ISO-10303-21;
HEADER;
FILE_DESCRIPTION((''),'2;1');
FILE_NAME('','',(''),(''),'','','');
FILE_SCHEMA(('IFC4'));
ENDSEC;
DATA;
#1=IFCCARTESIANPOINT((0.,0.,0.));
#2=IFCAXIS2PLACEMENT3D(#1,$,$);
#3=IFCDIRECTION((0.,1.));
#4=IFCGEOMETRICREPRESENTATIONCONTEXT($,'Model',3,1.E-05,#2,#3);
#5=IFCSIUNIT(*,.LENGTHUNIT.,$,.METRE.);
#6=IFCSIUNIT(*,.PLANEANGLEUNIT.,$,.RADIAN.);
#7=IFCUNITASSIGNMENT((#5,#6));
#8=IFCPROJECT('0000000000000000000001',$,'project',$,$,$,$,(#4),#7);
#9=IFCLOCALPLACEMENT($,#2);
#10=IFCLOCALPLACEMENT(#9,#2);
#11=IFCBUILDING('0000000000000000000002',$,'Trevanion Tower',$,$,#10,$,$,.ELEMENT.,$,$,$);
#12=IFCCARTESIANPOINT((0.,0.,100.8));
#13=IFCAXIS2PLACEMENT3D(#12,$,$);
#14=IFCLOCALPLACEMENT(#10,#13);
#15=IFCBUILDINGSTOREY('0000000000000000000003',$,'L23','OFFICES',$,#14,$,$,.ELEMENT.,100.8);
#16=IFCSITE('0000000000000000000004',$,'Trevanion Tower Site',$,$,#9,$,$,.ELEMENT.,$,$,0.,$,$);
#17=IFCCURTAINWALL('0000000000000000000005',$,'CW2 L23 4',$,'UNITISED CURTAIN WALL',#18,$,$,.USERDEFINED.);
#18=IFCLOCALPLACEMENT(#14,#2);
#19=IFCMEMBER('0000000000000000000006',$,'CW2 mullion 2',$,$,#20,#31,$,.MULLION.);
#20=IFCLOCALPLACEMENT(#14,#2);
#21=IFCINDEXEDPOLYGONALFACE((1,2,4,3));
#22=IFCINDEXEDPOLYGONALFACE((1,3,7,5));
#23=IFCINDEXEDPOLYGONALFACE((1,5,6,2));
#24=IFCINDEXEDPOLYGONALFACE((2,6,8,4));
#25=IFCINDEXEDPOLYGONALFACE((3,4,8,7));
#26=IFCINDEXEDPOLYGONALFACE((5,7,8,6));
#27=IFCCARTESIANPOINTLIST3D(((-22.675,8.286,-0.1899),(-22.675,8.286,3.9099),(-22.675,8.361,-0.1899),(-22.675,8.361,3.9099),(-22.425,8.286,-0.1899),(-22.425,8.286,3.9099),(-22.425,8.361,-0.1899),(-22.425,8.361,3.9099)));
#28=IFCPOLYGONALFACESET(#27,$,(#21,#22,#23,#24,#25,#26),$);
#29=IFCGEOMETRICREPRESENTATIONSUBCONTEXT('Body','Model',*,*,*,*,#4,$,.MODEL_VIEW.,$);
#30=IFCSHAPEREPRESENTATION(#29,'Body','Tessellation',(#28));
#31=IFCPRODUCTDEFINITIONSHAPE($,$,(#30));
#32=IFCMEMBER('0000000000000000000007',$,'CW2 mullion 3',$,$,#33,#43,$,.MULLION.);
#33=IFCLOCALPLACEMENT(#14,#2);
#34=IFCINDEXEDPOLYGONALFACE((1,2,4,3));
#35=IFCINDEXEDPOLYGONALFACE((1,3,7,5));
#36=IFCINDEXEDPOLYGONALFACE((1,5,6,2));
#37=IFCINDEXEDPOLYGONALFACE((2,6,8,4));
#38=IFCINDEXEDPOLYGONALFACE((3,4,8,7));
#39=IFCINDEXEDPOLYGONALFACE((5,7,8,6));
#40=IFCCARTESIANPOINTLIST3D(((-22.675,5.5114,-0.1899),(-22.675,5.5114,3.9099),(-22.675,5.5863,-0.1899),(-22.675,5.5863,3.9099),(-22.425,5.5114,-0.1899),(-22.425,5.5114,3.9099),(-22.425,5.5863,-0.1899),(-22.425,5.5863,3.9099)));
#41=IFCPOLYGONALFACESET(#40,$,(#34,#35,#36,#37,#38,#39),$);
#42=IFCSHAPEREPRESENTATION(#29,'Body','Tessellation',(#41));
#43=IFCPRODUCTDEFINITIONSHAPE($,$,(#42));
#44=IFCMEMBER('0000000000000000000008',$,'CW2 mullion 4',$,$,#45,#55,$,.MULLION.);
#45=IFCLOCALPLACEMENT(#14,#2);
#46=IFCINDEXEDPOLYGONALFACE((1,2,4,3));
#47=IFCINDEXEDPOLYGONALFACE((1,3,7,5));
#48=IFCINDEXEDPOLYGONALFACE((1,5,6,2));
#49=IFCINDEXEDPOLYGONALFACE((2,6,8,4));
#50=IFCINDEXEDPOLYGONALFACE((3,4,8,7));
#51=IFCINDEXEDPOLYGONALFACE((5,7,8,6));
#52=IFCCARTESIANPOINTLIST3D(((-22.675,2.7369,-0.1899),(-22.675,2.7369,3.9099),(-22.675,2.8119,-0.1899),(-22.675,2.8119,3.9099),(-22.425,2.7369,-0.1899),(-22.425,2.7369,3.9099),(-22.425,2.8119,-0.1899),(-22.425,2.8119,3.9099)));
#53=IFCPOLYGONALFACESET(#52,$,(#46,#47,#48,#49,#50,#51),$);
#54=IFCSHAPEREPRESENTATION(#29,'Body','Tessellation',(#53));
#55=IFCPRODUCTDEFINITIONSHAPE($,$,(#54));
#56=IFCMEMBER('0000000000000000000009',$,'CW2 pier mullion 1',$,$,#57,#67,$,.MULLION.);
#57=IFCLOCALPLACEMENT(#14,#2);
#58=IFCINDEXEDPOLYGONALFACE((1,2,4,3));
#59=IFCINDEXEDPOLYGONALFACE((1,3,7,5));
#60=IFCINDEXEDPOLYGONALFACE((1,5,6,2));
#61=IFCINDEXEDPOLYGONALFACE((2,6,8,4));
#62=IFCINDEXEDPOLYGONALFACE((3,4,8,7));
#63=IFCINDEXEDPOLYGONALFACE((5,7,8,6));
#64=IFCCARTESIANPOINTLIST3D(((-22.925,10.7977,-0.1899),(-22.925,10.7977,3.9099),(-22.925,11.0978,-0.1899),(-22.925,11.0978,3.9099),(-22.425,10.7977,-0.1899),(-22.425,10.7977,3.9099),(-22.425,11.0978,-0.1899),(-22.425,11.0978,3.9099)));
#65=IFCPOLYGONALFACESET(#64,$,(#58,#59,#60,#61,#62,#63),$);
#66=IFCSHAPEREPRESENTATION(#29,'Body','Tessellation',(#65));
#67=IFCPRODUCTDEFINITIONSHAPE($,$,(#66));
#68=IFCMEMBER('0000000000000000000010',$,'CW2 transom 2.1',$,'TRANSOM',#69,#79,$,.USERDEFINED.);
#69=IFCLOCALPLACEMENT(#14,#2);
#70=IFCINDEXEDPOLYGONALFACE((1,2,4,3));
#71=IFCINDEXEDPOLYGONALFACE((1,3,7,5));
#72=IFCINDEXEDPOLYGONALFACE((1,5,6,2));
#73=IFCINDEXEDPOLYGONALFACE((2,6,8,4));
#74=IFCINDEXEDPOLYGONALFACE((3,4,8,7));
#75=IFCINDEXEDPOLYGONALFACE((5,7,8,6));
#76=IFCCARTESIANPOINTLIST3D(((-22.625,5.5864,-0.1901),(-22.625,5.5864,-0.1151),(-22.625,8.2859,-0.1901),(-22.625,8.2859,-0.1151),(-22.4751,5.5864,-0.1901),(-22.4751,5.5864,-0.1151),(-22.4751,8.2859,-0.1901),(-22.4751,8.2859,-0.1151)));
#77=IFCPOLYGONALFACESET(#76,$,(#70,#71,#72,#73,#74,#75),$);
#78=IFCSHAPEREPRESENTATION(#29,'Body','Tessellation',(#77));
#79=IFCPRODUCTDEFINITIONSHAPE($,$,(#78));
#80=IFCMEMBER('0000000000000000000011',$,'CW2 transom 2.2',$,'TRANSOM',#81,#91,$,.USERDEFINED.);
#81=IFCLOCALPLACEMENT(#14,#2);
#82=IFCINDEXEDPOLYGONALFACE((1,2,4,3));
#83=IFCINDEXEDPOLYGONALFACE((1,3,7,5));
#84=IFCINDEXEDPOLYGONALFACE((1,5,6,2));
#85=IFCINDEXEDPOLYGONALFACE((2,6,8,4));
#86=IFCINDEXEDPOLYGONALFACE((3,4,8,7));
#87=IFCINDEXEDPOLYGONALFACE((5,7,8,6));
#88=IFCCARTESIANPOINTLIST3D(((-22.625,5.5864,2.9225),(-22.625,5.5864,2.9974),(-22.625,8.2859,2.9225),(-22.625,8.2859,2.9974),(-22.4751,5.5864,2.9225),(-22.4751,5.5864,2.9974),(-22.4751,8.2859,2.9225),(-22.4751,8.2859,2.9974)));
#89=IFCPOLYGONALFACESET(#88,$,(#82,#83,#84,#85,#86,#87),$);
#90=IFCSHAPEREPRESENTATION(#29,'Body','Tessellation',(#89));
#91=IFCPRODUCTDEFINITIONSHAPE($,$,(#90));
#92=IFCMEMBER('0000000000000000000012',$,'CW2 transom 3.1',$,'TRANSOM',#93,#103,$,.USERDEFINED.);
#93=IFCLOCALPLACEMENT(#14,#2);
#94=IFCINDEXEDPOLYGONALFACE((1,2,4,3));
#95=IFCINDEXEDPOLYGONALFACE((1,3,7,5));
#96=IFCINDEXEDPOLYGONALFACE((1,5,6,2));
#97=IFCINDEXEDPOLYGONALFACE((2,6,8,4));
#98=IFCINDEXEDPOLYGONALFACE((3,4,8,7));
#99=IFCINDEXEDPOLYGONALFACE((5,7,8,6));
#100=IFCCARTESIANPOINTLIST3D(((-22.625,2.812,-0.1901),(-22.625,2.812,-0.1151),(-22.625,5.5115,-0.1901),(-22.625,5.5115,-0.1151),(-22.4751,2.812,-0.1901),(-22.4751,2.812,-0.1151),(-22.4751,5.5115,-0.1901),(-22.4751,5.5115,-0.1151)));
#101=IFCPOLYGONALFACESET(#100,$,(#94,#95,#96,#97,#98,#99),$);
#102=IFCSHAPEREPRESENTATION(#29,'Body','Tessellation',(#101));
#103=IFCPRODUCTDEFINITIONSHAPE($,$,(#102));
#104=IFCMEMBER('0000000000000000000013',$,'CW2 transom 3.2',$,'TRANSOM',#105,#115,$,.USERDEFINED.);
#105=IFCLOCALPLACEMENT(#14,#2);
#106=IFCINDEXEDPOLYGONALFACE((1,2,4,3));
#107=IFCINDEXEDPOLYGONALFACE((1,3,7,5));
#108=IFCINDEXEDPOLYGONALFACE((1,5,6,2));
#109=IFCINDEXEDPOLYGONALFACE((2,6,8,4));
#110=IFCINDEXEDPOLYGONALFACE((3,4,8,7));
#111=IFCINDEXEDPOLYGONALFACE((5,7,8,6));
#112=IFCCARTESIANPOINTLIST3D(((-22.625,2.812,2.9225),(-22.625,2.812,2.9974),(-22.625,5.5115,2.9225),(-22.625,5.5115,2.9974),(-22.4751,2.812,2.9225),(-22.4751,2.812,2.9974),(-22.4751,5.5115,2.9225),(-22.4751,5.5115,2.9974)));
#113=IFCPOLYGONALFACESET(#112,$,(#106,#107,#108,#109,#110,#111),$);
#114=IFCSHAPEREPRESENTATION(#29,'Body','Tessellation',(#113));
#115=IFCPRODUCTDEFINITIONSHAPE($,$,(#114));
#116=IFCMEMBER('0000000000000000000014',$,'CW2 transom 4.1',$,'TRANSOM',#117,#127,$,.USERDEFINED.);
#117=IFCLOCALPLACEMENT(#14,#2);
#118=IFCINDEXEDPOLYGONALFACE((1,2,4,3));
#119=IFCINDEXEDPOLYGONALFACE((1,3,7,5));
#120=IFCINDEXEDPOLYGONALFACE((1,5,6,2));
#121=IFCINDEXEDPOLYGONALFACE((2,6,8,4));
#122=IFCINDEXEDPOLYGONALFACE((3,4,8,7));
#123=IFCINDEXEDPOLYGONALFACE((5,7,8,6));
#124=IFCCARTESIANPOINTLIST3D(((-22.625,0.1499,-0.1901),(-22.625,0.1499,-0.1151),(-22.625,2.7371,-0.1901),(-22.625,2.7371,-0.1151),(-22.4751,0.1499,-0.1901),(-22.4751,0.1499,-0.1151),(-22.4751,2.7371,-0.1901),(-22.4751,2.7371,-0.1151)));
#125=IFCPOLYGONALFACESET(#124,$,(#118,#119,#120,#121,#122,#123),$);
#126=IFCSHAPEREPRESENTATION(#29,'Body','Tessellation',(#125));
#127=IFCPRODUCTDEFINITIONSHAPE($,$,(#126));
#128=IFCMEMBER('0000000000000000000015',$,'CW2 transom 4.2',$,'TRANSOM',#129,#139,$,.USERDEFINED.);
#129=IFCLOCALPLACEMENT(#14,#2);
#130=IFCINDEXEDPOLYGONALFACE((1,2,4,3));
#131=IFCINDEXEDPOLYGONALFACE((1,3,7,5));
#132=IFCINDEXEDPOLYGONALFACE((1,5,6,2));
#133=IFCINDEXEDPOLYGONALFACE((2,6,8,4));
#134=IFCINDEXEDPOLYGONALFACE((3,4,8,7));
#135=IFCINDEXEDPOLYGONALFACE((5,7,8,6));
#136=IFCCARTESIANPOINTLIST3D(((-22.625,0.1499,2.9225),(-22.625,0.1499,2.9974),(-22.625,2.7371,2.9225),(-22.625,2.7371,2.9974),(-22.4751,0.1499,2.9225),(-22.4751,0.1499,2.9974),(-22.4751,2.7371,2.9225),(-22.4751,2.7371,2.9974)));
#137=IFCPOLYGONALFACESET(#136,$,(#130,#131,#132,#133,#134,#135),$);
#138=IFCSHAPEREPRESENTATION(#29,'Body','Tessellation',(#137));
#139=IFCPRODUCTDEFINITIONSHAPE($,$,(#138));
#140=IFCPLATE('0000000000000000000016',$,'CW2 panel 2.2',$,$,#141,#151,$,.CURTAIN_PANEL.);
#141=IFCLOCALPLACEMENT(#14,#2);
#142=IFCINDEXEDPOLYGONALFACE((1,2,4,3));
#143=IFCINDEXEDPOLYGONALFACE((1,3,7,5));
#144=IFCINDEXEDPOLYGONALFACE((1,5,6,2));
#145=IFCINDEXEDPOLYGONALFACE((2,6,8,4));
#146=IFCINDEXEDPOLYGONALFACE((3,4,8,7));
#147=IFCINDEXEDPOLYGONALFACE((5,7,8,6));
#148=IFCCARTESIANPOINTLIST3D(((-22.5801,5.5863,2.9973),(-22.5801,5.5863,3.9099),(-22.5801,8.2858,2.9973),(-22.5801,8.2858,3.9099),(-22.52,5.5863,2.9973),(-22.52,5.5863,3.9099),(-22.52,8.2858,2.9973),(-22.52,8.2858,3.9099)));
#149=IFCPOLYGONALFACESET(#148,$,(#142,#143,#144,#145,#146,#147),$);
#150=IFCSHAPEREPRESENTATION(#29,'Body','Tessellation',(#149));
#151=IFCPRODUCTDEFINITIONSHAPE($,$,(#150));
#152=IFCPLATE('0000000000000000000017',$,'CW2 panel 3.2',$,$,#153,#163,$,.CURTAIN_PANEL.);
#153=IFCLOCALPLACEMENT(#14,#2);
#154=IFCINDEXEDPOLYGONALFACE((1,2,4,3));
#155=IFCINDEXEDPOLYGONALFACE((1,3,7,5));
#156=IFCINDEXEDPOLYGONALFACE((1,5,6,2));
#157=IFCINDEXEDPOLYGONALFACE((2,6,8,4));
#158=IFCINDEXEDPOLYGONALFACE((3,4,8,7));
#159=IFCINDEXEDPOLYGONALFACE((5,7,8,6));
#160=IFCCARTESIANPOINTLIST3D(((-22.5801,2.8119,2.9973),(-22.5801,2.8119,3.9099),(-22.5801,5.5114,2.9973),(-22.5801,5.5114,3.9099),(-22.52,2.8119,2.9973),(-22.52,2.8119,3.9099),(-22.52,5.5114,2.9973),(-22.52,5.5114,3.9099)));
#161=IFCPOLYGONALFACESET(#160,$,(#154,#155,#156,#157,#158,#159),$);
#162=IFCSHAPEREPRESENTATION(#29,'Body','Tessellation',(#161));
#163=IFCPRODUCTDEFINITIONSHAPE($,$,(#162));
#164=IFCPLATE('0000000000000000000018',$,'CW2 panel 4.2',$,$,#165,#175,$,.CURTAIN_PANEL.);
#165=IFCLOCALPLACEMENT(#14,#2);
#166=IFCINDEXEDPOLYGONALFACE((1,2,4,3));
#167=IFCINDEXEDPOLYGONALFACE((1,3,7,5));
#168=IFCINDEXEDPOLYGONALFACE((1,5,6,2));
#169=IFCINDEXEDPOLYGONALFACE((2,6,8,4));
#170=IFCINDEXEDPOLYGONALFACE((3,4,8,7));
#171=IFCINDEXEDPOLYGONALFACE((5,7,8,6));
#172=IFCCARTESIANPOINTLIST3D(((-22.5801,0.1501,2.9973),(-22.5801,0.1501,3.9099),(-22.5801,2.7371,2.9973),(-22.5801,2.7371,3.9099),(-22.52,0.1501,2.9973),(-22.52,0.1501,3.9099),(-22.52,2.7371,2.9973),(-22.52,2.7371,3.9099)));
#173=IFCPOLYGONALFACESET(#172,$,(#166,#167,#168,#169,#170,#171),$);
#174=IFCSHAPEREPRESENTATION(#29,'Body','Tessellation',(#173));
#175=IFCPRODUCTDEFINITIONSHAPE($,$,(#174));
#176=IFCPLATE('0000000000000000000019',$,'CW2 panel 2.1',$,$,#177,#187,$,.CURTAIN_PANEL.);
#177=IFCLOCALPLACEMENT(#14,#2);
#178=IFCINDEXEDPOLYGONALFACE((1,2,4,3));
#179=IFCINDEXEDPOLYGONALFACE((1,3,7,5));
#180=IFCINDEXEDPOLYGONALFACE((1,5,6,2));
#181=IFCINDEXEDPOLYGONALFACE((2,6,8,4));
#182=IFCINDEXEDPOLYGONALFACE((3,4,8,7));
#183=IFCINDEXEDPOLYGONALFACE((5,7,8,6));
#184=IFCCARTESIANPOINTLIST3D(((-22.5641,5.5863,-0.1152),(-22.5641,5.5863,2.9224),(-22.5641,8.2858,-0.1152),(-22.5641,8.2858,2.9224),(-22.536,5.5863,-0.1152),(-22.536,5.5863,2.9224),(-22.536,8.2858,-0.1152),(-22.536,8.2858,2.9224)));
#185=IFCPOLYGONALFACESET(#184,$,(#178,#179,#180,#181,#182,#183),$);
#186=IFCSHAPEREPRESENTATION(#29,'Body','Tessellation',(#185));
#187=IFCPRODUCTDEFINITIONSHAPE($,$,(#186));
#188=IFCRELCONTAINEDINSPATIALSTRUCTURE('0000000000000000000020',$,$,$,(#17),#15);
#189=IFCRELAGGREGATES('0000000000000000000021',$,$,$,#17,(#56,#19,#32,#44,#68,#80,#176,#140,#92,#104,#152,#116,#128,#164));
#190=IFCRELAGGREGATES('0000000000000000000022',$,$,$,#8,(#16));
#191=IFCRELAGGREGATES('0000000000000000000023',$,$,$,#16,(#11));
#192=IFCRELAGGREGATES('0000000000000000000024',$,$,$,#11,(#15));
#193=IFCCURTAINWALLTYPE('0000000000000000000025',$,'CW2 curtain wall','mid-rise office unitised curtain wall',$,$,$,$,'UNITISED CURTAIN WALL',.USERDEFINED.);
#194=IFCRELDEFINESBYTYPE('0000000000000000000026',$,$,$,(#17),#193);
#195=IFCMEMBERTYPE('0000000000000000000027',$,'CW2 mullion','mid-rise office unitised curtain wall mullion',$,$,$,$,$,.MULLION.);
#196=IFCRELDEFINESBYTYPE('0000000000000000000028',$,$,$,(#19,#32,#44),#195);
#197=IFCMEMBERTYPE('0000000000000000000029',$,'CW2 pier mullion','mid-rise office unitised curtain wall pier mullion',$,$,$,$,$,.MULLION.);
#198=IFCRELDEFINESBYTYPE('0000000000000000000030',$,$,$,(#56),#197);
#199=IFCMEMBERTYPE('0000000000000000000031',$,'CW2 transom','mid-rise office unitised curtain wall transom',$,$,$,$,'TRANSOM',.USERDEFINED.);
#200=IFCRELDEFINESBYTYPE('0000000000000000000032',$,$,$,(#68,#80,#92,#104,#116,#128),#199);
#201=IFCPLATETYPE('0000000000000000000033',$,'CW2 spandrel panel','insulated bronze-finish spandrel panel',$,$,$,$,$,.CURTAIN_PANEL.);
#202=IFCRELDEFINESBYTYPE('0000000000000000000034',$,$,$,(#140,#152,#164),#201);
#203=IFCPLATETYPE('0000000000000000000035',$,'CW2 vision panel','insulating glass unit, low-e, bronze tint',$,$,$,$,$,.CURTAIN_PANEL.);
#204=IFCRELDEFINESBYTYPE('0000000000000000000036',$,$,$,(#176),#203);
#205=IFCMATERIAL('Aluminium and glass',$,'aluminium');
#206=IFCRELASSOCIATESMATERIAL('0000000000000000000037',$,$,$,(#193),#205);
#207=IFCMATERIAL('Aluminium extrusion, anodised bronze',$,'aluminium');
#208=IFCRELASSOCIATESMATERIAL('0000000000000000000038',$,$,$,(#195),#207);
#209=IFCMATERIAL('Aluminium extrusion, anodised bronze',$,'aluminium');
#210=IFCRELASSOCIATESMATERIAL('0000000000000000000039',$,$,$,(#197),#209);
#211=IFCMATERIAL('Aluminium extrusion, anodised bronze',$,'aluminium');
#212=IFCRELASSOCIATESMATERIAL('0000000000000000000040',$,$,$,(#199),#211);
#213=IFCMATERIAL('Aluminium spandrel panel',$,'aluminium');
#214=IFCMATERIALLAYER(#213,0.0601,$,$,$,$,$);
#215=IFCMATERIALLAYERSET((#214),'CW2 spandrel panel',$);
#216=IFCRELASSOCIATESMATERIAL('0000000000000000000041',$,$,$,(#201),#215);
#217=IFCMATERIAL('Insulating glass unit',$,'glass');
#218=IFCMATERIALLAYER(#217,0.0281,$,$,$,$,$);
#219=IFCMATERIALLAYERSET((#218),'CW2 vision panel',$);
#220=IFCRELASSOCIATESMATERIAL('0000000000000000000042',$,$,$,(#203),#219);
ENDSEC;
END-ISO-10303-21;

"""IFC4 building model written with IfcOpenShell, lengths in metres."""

from ifc_helpers import new_model, si_unit, direction, frame, origin, origin_2d, place, context, subcontext, project, spatial, rectangle, extrude, material, layer, layer_set, material_profile, profile_set, type_object, element, aggregate, save


model = new_model("IFC4")

# Units and contexts
model_context = context("Model", 3, precision=1e-05, world=origin(), true_north=direction((0.0, 1.0)))
body_context = subcontext(model_context, "Body", "Model", "MODEL_VIEW")
ifc_project = project(units=[si_unit("LENGTHUNIT", "METRE"), si_unit("PLANEANGLEUNIT", "RADIAN")], contexts=[model_context])

# Site, building, storey
site_placement = place(None, origin())
site = spatial("IfcSite", under=ifc_project, at=site_placement, Name="Trevanion Tower Site", CompositionType="ELEMENT", RefElevation=0.0)
building_placement = place(site_placement, origin())
building = spatial("IfcBuilding", under=site, at=building_placement, Name="Trevanion Tower", CompositionType="ELEMENT")
storey_placement = place(building_placement, frame((0.0, 0.0, 100.8)))
storey = spatial("IfcBuildingStorey", under=building, at=storey_placement, Name="L23", Description="OFFICES", CompositionType="ELEMENT", Elevation=100.8)

# Curtain wall, members, plates
ifc_material_1 = material(Name="Aluminium and glass", Category="aluminium")
curtain_wall_type = type_object("IfcCurtainWallType", Name="CW2 curtain wall", Description="mid-rise office unitised curtain wall", ElementType="UNITISED CURTAIN WALL", PredefinedType="USERDEFINED", material=ifc_material_1)
curtain_wall_placement = place(storey_placement, origin())
curtain_wall = element("IfcCurtainWall", 1, at=curtain_wall_placement, inside=storey, type_object=curtain_wall_type, Name="CW2 L23 4", ObjectType="UNITISED CURTAIN WALL", PredefinedType="USERDEFINED")
ifc_material_2 = material(Name="Aluminium extrusion, anodised bronze", Category="aluminium")
ifc_material_profile_1 = material_profile(ifc_material_2, rectangle(XDim=0.075, YDim=0.25, at=origin_2d()), Name="CW2 mullion")
ifc_profile_set_1 = profile_set([ifc_material_profile_1], Name="Aluminium extrusion, anodised bronze")
member_type_1 = type_object("IfcMemberType", Name="CW2 mullion", Description="mid-rise office unitised curtain wall mullion", PredefinedType="MULLION", material=ifc_profile_set_1)
member_1_placement = place(storey_placement, frame((-22.55, 8.3235, -0.1899), z_axis=(0.0, 0.0, 1.0), x_axis=(0.0, -1.0, 0.0)))
member_1 = element("IfcMember", 2, at=member_1_placement, type_object=member_type_1, Name="CW2 mullion 2", PredefinedType="MULLION", context=body_context, shape_type="SweptSolid", body=[
    extrude(rectangle(XDim=0.075, YDim=0.25, at=origin_2d()), origin(), (0.0, 0.0, 1.0), 4.0999),
])
member_2_placement = place(storey_placement, frame((-22.55, 5.5488, -0.1899), z_axis=(0.0, 0.0, 1.0), x_axis=(0.0, -1.0, 0.0)))
member_2 = element("IfcMember", 3, at=member_2_placement, type_object=member_type_1, Name="CW2 mullion 3", PredefinedType="MULLION", context=body_context, shape_type="SweptSolid", body=[
    extrude(rectangle(XDim=0.075, YDim=0.25, at=origin_2d()), origin(), (0.0, 0.0, 1.0), 4.0999),
])
member_3_placement = place(storey_placement, frame((-22.55, 2.7744, -0.1899), z_axis=(0.0, 0.0, 1.0), x_axis=(0.0, -1.0, 0.0)))
member_3 = element("IfcMember", 4, at=member_3_placement, type_object=member_type_1, Name="CW2 mullion 4", PredefinedType="MULLION", context=body_context, shape_type="SweptSolid", body=[
    extrude(rectangle(XDim=0.075, YDim=0.25, at=origin_2d()), origin(), (0.0, 0.0, 1.0), 4.0999),
])
ifc_material_3 = material(Name="Aluminium extrusion, anodised bronze", Category="aluminium")
ifc_material_profile_2 = material_profile(ifc_material_3, rectangle(XDim=0.3, YDim=0.5, at=origin_2d()), Name="CW2 pier mullion")
ifc_profile_set_2 = profile_set([ifc_material_profile_2], Name="Aluminium extrusion, anodised bronze")
member_type_2 = type_object("IfcMemberType", Name="CW2 pier mullion", Description="mid-rise office unitised curtain wall pier mullion", PredefinedType="MULLION", material=ifc_profile_set_2)
member_4_placement = place(storey_placement, frame((-22.675, 10.9478, -0.1899), z_axis=(0.0, 0.0, 1.0), x_axis=(0.0, -1.0, 0.0)))
member_4 = element("IfcMember", 5, at=member_4_placement, type_object=member_type_2, Name="CW2 pier mullion 1", PredefinedType="MULLION", context=body_context, shape_type="SweptSolid", body=[
    extrude(rectangle(XDim=0.3, YDim=0.5, at=origin_2d()), origin(), (0.0, 0.0, 1.0), 4.0999),
])
ifc_material_4 = material(Name="Aluminium extrusion, anodised bronze", Category="aluminium")
ifc_material_profile_3 = material_profile(ifc_material_4, rectangle(XDim=0.1499, YDim=0.075, at=origin_2d()), Name="CW2 transom")
ifc_profile_set_3 = profile_set([ifc_material_profile_3], Name="Aluminium extrusion, anodised bronze")
member_type_3 = type_object("IfcMemberType", Name="CW2 transom", Description="mid-rise office unitised curtain wall transom", ElementType="TRANSOM", PredefinedType="USERDEFINED", material=ifc_profile_set_3)
member_5_placement = place(storey_placement, frame((-22.55, 8.2859, -0.1526), z_axis=(0.0, -1.0, 0.0), x_axis=(1.0, 0.0, 0.0)))
member_5 = element("IfcMember", 6, at=member_5_placement, type_object=member_type_3, Name="CW2 transom 2.1", ObjectType="TRANSOM", PredefinedType="USERDEFINED", context=body_context, shape_type="SweptSolid", body=[
    extrude(rectangle(XDim=0.1499, YDim=0.075, at=origin_2d()), origin(), (0.0, 0.0, 1.0), 2.6995),
])
member_6_placement = place(storey_placement, frame((-22.55, 8.2859, 2.96), z_axis=(0.0, -1.0, 0.0), x_axis=(1.0, 0.0, 0.0)))
member_6 = element("IfcMember", 7, at=member_6_placement, type_object=member_type_3, Name="CW2 transom 2.2", ObjectType="TRANSOM", PredefinedType="USERDEFINED", context=body_context, shape_type="SweptSolid", body=[
    extrude(rectangle(XDim=0.1499, YDim=0.075, at=origin_2d()), origin(), (0.0, 0.0, 1.0), 2.6995),
])
member_7_placement = place(storey_placement, frame((-22.55, 5.5115, -0.1526), z_axis=(0.0, -1.0, 0.0), x_axis=(1.0, 0.0, 0.0)))
member_7 = element("IfcMember", 8, at=member_7_placement, type_object=member_type_3, Name="CW2 transom 3.1", ObjectType="TRANSOM", PredefinedType="USERDEFINED", context=body_context, shape_type="SweptSolid", body=[
    extrude(rectangle(XDim=0.1499, YDim=0.075, at=origin_2d()), origin(), (0.0, 0.0, 1.0), 2.6995),
])
member_8_placement = place(storey_placement, frame((-22.55, 5.5115, 2.96), z_axis=(0.0, -1.0, 0.0), x_axis=(1.0, 0.0, 0.0)))
member_8 = element("IfcMember", 9, at=member_8_placement, type_object=member_type_3, Name="CW2 transom 3.2", ObjectType="TRANSOM", PredefinedType="USERDEFINED", context=body_context, shape_type="SweptSolid", body=[
    extrude(rectangle(XDim=0.1499, YDim=0.075, at=origin_2d()), origin(), (0.0, 0.0, 1.0), 2.6995),
])
member_9_placement = place(storey_placement, frame((-22.55, 2.7371, -0.1526), z_axis=(0.0, -1.0, 0.0), x_axis=(1.0, 0.0, 0.0)))
member_9 = element("IfcMember", 10, at=member_9_placement, type_object=member_type_3, Name="CW2 transom 4.1", ObjectType="TRANSOM", PredefinedType="USERDEFINED", context=body_context, shape_type="SweptSolid", body=[
    extrude(rectangle(XDim=0.1499, YDim=0.075, at=origin_2d()), origin(), (0.0, 0.0, 1.0), 2.5872),
])
member_10_placement = place(storey_placement, frame((-22.55, 2.7371, 2.96), z_axis=(0.0, -1.0, 0.0), x_axis=(1.0, 0.0, 0.0)))
member_10 = element("IfcMember", 11, at=member_10_placement, type_object=member_type_3, Name="CW2 transom 4.2", ObjectType="TRANSOM", PredefinedType="USERDEFINED", context=body_context, shape_type="SweptSolid", body=[
    extrude(rectangle(XDim=0.1499, YDim=0.075, at=origin_2d()), origin(), (0.0, 0.0, 1.0), 2.5872),
])
ifc_material_5 = material(Name="Aluminium spandrel panel", Category="aluminium")
ifc_layer_1 = layer(ifc_material_5, 0.0601)
ifc_layer_set_1 = layer_set([ifc_layer_1], Name="CW2 spandrel panel")
plate_type_1 = type_object("IfcPlateType", Name="CW2 spandrel panel", Description="insulated bronze-finish spandrel panel", PredefinedType="CURTAIN_PANEL", material=ifc_layer_set_1)
plate_1_placement = place(storey_placement, frame((-22.55, 6.936, 2.9973), z_axis=(0.0, 0.0, 1.0), x_axis=(0.0, -1.0, 0.0)))
plate_1 = element("IfcPlate", 12, at=plate_1_placement, type_object=plate_type_1, Name="CW2 panel 2.2", PredefinedType="CURTAIN_PANEL", context=body_context, shape_type="SweptSolid", body=[
    extrude(rectangle(XDim=2.6995, YDim=0.0601, at=origin_2d()), origin(), (0.0, 0.0, 1.0), 0.9126),
])
plate_2_placement = place(storey_placement, frame((-22.55, 4.1616, 2.9973), z_axis=(0.0, 0.0, 1.0), x_axis=(0.0, -1.0, 0.0)))
plate_2 = element("IfcPlate", 13, at=plate_2_placement, type_object=plate_type_1, Name="CW2 panel 3.2", PredefinedType="CURTAIN_PANEL", context=body_context, shape_type="SweptSolid", body=[
    extrude(rectangle(XDim=2.6995, YDim=0.0601, at=origin_2d()), origin(), (0.0, 0.0, 1.0), 0.9126),
])
plate_3_placement = place(storey_placement, frame((-22.55, 1.4436, 2.9973), z_axis=(0.0, 0.0, 1.0), x_axis=(0.0, -1.0, 0.0)))
plate_3 = element("IfcPlate", 14, at=plate_3_placement, type_object=plate_type_1, Name="CW2 panel 4.2", PredefinedType="CURTAIN_PANEL", context=body_context, shape_type="SweptSolid", body=[
    extrude(rectangle(XDim=2.5869, YDim=0.0601, at=origin_2d()), origin(), (0.0, 0.0, 1.0), 0.9126),
])
ifc_material_6 = material(Name="Insulating glass unit", Category="glass")
ifc_layer_2 = layer(ifc_material_6, 0.0281)
ifc_layer_set_2 = layer_set([ifc_layer_2], Name="CW2 vision panel")
plate_type_2 = type_object("IfcPlateType", Name="CW2 vision panel", Description="insulating glass unit, low-e, bronze tint", PredefinedType="CURTAIN_PANEL", material=ifc_layer_set_2)
plate_4_placement = place(storey_placement, frame((-22.55, 6.936, -0.1152), z_axis=(0.0, 0.0, 1.0), x_axis=(0.0, -1.0, 0.0)))
plate_4 = element("IfcPlate", 15, at=plate_4_placement, type_object=plate_type_2, Name="CW2 panel 2.1", PredefinedType="CURTAIN_PANEL", context=body_context, shape_type="SweptSolid", body=[
    extrude(rectangle(XDim=2.6995, YDim=0.0281, at=origin_2d()), origin(), (0.0, 0.0, 1.0), 3.0376),
])
aggregate(curtain_wall, [member_4, member_1, member_2, member_3, member_5, member_6, plate_4, plate_1, member_7, member_8, plate_2, member_9, member_10, plate_3])

save(model, "model.ifc")
